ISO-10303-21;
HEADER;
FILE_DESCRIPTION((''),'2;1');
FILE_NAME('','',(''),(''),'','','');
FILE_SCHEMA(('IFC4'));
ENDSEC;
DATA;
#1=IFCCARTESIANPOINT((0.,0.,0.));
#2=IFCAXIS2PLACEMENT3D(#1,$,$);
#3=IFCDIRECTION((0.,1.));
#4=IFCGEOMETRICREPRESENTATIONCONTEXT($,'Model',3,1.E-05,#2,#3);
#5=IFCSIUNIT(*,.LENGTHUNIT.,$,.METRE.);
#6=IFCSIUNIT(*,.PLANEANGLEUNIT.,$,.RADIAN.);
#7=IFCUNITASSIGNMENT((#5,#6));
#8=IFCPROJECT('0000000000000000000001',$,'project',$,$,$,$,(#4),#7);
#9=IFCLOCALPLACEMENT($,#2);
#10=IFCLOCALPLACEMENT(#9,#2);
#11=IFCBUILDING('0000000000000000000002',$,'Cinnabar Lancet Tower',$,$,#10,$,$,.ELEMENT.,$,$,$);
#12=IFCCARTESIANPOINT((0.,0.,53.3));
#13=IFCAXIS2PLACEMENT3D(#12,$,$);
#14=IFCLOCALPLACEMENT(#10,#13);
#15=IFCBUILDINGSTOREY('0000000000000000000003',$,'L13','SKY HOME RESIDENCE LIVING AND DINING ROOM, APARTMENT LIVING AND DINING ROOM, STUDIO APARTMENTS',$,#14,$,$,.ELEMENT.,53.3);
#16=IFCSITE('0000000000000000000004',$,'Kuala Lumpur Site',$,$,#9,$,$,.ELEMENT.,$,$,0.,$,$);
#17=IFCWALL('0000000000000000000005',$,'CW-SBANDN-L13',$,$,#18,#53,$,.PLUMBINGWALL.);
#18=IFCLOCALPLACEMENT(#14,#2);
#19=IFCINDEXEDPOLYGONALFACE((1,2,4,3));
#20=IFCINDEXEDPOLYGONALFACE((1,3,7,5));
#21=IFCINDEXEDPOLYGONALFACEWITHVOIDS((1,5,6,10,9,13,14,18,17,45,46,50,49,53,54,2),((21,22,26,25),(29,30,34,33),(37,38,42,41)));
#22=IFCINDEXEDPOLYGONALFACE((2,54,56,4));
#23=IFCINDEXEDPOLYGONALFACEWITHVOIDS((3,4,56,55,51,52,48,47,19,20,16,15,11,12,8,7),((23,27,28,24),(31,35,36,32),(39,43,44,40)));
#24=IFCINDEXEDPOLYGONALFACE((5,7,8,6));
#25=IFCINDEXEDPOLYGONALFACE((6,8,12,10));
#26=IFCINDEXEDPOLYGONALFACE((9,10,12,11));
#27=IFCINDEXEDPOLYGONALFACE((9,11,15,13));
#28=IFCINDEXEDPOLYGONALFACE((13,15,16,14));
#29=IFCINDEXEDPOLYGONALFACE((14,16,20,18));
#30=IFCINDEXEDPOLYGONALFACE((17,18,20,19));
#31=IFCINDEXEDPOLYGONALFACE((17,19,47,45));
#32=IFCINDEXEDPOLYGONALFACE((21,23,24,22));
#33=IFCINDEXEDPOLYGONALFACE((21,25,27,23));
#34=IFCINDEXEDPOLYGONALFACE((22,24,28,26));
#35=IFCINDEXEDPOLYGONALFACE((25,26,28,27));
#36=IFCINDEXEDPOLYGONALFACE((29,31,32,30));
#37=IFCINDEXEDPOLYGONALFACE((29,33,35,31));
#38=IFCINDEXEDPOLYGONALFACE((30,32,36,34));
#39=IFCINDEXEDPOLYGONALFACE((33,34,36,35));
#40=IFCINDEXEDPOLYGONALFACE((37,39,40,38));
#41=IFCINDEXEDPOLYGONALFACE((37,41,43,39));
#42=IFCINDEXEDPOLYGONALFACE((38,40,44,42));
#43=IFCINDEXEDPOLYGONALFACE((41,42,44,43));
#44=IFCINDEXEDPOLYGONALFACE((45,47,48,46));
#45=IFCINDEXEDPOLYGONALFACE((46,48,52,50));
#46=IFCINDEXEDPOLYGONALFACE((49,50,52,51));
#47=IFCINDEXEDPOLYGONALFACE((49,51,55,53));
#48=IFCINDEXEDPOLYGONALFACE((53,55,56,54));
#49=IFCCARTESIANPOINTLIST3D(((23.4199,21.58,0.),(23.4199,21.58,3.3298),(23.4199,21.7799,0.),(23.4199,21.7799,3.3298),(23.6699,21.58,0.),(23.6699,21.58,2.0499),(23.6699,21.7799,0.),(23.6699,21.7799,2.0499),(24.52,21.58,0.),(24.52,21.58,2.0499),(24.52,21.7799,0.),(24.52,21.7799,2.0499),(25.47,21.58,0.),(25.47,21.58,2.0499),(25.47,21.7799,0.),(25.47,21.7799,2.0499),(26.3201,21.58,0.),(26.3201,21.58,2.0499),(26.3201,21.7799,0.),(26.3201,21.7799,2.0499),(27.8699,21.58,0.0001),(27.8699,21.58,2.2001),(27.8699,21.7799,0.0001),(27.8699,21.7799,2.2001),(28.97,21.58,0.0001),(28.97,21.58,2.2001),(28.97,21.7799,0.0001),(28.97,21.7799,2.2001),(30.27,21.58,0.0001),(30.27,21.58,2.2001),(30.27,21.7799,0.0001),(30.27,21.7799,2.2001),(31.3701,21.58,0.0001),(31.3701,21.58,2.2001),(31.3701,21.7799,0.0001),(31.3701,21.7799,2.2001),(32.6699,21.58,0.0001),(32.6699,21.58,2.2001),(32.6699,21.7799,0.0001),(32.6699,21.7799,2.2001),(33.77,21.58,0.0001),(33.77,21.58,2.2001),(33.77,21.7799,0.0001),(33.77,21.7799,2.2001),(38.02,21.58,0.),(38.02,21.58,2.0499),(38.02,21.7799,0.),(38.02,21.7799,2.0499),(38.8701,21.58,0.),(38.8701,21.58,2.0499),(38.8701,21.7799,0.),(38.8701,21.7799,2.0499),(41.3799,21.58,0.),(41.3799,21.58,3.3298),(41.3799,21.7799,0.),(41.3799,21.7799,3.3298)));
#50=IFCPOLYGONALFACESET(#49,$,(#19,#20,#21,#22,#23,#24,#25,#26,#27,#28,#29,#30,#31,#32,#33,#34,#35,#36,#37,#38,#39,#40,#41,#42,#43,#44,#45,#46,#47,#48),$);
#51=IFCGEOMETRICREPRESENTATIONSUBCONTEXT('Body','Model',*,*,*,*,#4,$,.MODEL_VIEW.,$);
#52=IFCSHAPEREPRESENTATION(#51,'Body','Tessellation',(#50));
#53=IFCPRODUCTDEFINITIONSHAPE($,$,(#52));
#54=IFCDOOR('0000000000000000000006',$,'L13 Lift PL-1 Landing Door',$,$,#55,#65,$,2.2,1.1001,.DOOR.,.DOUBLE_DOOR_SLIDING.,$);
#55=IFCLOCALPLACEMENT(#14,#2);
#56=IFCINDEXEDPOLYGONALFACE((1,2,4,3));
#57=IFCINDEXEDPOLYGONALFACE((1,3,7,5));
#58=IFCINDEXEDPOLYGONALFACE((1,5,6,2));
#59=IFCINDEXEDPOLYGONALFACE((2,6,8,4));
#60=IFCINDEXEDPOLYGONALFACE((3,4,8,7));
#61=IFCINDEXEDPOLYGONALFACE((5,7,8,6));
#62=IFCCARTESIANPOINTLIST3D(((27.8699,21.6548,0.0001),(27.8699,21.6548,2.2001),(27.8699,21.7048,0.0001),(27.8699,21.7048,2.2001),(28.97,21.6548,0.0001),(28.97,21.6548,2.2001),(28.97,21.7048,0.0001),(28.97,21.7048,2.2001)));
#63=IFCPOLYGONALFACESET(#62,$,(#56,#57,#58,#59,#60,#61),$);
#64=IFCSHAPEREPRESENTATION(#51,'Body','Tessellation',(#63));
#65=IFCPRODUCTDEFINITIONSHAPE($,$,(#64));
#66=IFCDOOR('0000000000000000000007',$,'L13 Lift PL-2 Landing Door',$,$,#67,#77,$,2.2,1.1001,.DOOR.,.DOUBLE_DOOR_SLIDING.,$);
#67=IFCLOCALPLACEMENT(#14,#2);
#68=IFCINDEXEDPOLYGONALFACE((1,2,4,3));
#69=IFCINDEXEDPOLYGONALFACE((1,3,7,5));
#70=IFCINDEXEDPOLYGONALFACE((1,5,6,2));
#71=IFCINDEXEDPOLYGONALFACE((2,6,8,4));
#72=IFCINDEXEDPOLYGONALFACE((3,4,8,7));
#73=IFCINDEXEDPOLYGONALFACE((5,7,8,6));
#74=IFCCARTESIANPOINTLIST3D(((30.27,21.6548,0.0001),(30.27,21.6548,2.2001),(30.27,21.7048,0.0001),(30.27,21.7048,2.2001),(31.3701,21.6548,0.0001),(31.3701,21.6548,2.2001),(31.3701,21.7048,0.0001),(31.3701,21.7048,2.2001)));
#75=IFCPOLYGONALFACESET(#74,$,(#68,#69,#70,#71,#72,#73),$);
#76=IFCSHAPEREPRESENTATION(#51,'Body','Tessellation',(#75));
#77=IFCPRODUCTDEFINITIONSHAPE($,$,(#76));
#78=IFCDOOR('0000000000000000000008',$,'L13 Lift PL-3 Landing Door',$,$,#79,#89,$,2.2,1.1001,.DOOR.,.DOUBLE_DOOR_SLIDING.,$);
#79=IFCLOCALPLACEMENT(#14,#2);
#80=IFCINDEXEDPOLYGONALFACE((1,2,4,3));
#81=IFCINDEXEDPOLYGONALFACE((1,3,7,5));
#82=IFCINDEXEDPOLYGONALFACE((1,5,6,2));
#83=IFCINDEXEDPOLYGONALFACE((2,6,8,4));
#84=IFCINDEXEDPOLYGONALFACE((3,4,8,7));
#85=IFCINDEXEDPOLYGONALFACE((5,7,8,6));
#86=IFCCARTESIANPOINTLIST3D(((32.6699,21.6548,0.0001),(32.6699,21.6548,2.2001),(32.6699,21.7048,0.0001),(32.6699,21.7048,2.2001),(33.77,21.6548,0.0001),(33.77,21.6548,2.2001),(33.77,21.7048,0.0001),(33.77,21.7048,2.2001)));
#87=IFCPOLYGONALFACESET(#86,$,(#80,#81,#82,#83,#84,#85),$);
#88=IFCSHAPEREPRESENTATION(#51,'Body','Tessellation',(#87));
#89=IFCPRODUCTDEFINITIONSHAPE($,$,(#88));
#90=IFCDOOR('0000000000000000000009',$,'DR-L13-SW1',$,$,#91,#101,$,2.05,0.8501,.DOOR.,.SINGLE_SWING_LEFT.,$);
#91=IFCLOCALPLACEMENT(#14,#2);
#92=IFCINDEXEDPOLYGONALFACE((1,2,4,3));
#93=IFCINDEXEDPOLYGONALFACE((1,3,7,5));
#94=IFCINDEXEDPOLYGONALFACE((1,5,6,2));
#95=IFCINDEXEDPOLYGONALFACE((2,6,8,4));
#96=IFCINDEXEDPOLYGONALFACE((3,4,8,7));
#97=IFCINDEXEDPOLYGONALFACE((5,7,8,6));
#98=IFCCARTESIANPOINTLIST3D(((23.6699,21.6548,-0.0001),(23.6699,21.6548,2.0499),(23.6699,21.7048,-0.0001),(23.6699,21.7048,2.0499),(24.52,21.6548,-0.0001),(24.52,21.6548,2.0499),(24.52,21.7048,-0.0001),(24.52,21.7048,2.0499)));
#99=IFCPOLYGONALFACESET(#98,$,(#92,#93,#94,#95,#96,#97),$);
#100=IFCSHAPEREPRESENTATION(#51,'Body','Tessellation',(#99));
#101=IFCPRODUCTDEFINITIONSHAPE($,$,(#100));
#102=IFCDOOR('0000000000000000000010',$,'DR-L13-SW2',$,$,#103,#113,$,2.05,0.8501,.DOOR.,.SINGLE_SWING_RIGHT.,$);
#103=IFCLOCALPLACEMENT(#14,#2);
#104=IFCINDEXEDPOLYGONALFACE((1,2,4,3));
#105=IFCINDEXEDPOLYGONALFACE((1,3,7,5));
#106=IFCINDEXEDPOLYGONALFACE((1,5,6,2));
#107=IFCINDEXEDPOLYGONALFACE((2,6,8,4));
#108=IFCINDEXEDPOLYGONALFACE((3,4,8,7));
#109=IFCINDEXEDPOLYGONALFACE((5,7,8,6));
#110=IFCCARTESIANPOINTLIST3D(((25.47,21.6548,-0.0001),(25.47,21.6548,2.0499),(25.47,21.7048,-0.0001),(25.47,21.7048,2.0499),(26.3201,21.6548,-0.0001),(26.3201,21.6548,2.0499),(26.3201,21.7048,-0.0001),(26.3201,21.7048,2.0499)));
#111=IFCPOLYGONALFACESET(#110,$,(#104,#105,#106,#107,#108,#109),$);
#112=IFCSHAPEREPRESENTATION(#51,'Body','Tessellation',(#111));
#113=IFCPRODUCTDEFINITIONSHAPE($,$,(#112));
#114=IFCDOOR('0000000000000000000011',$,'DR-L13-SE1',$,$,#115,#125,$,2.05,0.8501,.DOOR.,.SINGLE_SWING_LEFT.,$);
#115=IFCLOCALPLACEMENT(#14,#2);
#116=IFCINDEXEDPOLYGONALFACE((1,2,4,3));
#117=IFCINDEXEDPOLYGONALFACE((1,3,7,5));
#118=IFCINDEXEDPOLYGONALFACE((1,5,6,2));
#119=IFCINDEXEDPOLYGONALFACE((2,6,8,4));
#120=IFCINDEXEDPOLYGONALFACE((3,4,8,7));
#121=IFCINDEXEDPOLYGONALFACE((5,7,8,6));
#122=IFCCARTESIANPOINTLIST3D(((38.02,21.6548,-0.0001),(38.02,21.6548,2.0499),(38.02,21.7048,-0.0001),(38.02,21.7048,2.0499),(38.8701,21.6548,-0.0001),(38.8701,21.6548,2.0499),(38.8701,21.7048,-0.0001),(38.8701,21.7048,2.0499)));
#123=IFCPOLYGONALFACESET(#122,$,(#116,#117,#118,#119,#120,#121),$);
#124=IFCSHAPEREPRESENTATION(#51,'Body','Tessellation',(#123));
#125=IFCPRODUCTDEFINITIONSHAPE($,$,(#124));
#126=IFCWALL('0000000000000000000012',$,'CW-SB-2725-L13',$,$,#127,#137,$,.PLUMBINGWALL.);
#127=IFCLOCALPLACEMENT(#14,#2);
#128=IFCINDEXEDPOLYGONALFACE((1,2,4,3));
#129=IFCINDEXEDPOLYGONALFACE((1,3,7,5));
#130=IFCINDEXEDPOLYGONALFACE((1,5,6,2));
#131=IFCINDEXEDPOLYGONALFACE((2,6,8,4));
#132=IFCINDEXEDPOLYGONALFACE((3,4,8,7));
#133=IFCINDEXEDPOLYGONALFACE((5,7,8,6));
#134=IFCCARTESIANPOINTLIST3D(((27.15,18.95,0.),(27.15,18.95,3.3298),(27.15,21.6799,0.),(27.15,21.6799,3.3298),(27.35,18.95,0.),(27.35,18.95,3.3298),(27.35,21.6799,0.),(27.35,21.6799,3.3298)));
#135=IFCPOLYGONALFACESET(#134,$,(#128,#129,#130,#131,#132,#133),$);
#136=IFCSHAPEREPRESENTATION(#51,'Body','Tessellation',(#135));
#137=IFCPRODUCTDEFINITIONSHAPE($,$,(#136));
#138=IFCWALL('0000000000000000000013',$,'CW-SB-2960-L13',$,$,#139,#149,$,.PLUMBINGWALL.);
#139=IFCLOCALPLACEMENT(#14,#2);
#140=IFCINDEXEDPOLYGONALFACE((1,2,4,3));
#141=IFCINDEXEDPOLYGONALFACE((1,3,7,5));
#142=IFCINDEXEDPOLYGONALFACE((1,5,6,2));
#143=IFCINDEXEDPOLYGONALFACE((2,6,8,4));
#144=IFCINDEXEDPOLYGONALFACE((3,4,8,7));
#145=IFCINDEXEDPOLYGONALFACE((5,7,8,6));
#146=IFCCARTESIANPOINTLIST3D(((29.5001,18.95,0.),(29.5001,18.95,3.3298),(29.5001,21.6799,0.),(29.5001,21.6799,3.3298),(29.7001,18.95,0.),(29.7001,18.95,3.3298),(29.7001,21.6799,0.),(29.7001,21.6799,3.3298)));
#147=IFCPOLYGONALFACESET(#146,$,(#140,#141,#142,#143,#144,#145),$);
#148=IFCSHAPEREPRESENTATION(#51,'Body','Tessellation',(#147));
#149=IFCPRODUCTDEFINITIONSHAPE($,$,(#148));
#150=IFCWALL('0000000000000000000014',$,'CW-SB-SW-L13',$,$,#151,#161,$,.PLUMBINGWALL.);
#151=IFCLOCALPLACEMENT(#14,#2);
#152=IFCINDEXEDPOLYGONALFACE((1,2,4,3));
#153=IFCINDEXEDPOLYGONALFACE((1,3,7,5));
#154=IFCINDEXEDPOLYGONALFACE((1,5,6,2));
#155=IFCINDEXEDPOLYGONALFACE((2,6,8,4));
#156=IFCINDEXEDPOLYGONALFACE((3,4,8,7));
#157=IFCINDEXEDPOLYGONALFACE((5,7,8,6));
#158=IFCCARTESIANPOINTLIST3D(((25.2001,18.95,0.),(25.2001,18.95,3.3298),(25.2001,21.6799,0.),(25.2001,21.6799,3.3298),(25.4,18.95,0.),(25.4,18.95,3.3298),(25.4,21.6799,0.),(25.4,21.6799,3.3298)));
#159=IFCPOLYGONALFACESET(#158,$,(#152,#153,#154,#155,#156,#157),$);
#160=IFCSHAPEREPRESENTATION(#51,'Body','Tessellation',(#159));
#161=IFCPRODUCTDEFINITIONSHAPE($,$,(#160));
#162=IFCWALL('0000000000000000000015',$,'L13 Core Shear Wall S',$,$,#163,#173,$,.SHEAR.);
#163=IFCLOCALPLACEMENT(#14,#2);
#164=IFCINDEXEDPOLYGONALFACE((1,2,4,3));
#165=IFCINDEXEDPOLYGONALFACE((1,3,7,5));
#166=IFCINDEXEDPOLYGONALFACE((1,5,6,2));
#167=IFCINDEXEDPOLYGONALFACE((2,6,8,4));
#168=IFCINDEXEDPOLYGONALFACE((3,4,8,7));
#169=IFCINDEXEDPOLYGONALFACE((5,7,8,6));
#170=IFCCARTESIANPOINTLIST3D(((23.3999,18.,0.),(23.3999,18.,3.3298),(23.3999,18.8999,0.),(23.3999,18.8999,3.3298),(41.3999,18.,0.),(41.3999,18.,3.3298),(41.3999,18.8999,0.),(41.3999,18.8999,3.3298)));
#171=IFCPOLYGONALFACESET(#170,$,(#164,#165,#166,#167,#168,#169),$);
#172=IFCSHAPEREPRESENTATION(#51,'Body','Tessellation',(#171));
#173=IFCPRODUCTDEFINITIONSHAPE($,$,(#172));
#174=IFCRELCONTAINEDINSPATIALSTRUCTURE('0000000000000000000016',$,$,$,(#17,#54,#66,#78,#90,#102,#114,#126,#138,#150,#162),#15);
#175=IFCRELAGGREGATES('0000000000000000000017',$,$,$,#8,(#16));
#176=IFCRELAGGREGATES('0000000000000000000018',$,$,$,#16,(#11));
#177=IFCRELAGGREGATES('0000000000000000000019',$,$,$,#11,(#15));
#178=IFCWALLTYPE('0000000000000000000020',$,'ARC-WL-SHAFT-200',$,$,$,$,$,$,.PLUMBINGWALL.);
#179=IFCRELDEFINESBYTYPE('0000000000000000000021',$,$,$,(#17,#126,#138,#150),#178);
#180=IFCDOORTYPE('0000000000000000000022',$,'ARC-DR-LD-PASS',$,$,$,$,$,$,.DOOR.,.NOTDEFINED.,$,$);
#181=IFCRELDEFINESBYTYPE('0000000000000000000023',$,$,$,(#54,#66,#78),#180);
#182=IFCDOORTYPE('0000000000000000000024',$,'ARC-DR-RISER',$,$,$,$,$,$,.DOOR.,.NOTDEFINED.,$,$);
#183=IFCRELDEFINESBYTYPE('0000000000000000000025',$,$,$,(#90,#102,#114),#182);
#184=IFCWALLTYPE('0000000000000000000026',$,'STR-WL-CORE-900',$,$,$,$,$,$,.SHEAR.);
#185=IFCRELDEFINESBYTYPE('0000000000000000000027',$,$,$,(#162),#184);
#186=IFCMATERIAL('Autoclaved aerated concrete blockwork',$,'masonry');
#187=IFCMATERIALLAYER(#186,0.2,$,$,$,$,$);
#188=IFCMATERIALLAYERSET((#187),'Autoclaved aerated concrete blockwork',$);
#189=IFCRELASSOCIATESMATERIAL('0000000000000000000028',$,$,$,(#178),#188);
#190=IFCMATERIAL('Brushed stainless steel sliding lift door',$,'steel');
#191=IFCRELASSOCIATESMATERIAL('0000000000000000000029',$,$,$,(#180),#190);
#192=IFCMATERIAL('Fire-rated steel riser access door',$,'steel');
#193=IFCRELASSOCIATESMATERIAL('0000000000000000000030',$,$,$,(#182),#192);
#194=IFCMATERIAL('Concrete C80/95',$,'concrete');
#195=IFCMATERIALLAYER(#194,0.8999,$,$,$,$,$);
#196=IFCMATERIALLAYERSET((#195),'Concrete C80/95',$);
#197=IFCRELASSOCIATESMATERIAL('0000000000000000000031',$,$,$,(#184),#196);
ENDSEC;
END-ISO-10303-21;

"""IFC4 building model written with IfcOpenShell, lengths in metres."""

from ifc_helpers import new_model, si_unit, direction, frame, frame_2d, origin, place, context, subcontext, project, spatial, rectangle, extrude, material, layer, layer_set, type_object, element, fill, save


model = new_model("IFC4")

# Units and contexts
model_context = context("Model", 3, precision=1e-05, world=origin(), true_north=direction((0.0, 1.0)))
body_context = subcontext(model_context, "Body", "Model", "MODEL_VIEW")
ifc_project = project(units=[si_unit("LENGTHUNIT", "METRE"), si_unit("PLANEANGLEUNIT", "RADIAN")], contexts=[model_context])

# Site, building, storey
site_placement = place(None, origin())
site = spatial("IfcSite", under=ifc_project, at=site_placement, Name="Kuala Lumpur Site", CompositionType="ELEMENT", RefElevation=0.0)
building_placement = place(site_placement, origin())
building = spatial("IfcBuilding", under=site, at=building_placement, Name="Cinnabar Lancet Tower", CompositionType="ELEMENT")
storey_placement = place(building_placement, frame((0.0, 0.0, 53.3)))
storey = spatial("IfcBuildingStorey", under=building, at=storey_placement, Name="L13", Description="SKY HOME RESIDENCE LIVING AND DINING ROOM, APARTMENT LIVING AND DINING ROOM, STUDIO APARTMENTS", CompositionType="ELEMENT", Elevation=53.3)

# Shared definitions
ifc_material_1 = material(Name="Autoclaved aerated concrete blockwork", Category="masonry")
ifc_layer_1 = layer(ifc_material_1, 0.2)
ifc_layer_set_1 = layer_set([ifc_layer_1], Name="Autoclaved aerated concrete blockwork")
wall_type_1 = type_object("IfcWallType", Name="ARC-WL-SHAFT-200", PredefinedType="PLUMBINGWALL", material=ifc_layer_set_1)

# Wall, openings, doors
wall_1_placement = place(storey_placement, frame((23.4199, 21.6799, 0.0), z_axis=(0.0, 0.0, 1.0), x_axis=(1.0, 0.0, 0.0)))
wall_1 = element("IfcWall", 1, at=wall_1_placement, inside=storey, type_object=wall_type_1, Name="CW-SBANDN-L13", PredefinedType="PLUMBINGWALL", context=body_context, shape_type="SweptSolid", body=[
    extrude(rectangle(XDim=17.96, YDim=0.2, at=frame_2d((8.98, 0.0))), origin(), (0.0, 0.0, 1.0), 3.3298),
])
opening_1_placement = place(wall_1_placement, frame((4.45, 0.0, 0.0)))
opening_1 = element("IfcOpeningElement", 2, at=opening_1_placement, cuts=wall_1, PredefinedType="OPENING", context=body_context, shape_type="SweptSolid", body=[
    extrude(rectangle(XDim=1.1001, YDim=2.2, at=frame_2d((0.55, 1.1001))), frame((0.0, 0.1099, 0.0), z_axis=(0.0, -1.0, 0.0), x_axis=(1.0, 0.0, 0.0)), (0.0, 0.0, 1.0), 0.22),
])
opening_2_placement = place(wall_1_placement, frame((6.8501, 0.0, 0.0)))
opening_2 = element("IfcOpeningElement", 3, at=opening_2_placement, cuts=wall_1, PredefinedType="OPENING", context=body_context, shape_type="SweptSolid", body=[
    extrude(rectangle(XDim=1.1001, YDim=2.2, at=frame_2d((0.55, 1.1001))), frame((0.0, 0.1099, 0.0), z_axis=(0.0, -1.0, 0.0), x_axis=(1.0, 0.0, 0.0)), (0.0, 0.0, 1.0), 0.22),
])
opening_3_placement = place(wall_1_placement, frame((9.25, 0.0, 0.0)))
opening_3 = element("IfcOpeningElement", 4, at=opening_3_placement, cuts=wall_1, PredefinedType="OPENING", context=body_context, shape_type="SweptSolid", body=[
    extrude(rectangle(XDim=1.1001, YDim=2.2, at=frame_2d((0.55, 1.1001))), frame((0.0, 0.1099, 0.0), z_axis=(0.0, -1.0, 0.0), x_axis=(1.0, 0.0, 0.0)), (0.0, 0.0, 1.0), 0.22),
])
opening_4_placement = place(wall_1_placement, frame((0.25, 0.0, 0.0)))
opening_4 = element("IfcOpeningElement", 5, at=opening_4_placement, cuts=wall_1, PredefinedType="OPENING", context=body_context, shape_type="SweptSolid", body=[
    extrude(rectangle(XDim=0.8501, YDim=2.05, at=frame_2d((0.425, 1.0249))), frame((0.0, 0.1099, 0.0), z_axis=(0.0, -1.0, 0.0), x_axis=(1.0, 0.0, 0.0)), (0.0, 0.0, 1.0), 0.22),
])
opening_5_placement = place(wall_1_placement, frame((2.05, 0.0, 0.0)))
opening_5 = element("IfcOpeningElement", 6, at=opening_5_placement, cuts=wall_1, PredefinedType="OPENING", context=body_context, shape_type="SweptSolid", body=[
    extrude(rectangle(XDim=0.8501, YDim=2.05, at=frame_2d((0.425, 1.0249))), frame((0.0, 0.1099, 0.0), z_axis=(0.0, -1.0, 0.0), x_axis=(1.0, 0.0, 0.0)), (0.0, 0.0, 1.0), 0.22),
])
opening_6_placement = place(wall_1_placement, frame((14.6001, 0.0, 0.0)))
opening_6 = element("IfcOpeningElement", 7, at=opening_6_placement, cuts=wall_1, PredefinedType="OPENING", context=body_context, shape_type="SweptSolid", body=[
    extrude(rectangle(XDim=0.8501, YDim=2.05, at=frame_2d((0.425, 1.0249))), frame((0.0, 0.1099, 0.0), z_axis=(0.0, -1.0, 0.0), x_axis=(1.0, 0.0, 0.0)), (0.0, 0.0, 1.0), 0.22),
])
ifc_material_2 = material(Name="Brushed stainless steel sliding lift door", Category="steel")
door_type_1 = type_object("IfcDoorType", Name="ARC-DR-LD-PASS", OperationType="NOTDEFINED", PredefinedType="DOOR", material=ifc_material_2)
door_1_placement = place(opening_1_placement, origin())
door_1 = element("IfcDoor", 8, at=door_1_placement, inside=storey, type_object=door_type_1, Name="L13 Lift PL-1 Landing Door", OperationType="DOUBLE_DOOR_SLIDING", OverallHeight=2.2, OverallWidth=1.1001, PredefinedType="DOOR", context=body_context, shape_type="SweptSolid", body=[
    extrude(rectangle(XDim=1.1001, YDim=2.2, at=frame_2d((0.55, 1.1001))), frame((0.0, 0.0249, 0.0), z_axis=(0.0, -1.0, 0.0), x_axis=(1.0, 0.0, 0.0)), (0.0, 0.0, 1.0), 0.05),
])
fill(opening_1, door_1)
door_2_placement = place(opening_2_placement, origin())
door_2 = element("IfcDoor", 9, at=door_2_placement, inside=storey, type_object=door_type_1, Name="L13 Lift PL-2 Landing Door", OperationType="DOUBLE_DOOR_SLIDING", OverallHeight=2.2, OverallWidth=1.1001, PredefinedType="DOOR", context=body_context, shape_type="SweptSolid", body=[
    extrude(rectangle(XDim=1.1001, YDim=2.2, at=frame_2d((0.55, 1.1001))), frame((0.0, 0.0249, 0.0), z_axis=(0.0, -1.0, 0.0), x_axis=(1.0, 0.0, 0.0)), (0.0, 0.0, 1.0), 0.05),
])
fill(opening_2, door_2)
door_3_placement = place(opening_3_placement, origin())
door_3 = element("IfcDoor", 10, at=door_3_placement, inside=storey, type_object=door_type_1, Name="L13 Lift PL-3 Landing Door", OperationType="DOUBLE_DOOR_SLIDING", OverallHeight=2.2, OverallWidth=1.1001, PredefinedType="DOOR", context=body_context, shape_type="SweptSolid", body=[
    extrude(rectangle(XDim=1.1001, YDim=2.2, at=frame_2d((0.55, 1.1001))), frame((0.0, 0.0249, 0.0), z_axis=(0.0, -1.0, 0.0), x_axis=(1.0, 0.0, 0.0)), (0.0, 0.0, 1.0), 0.05),
])
fill(opening_3, door_3)
ifc_material_3 = material(Name="Fire-rated steel riser access door", Category="steel")
door_type_2 = type_object("IfcDoorType", Name="ARC-DR-RISER", OperationType="NOTDEFINED", PredefinedType="DOOR", material=ifc_material_3)
door_4_placement = place(opening_4_placement, origin())
door_4 = element("IfcDoor", 11, at=door_4_placement, inside=storey, type_object=door_type_2, Name="DR-L13-SW1", OperationType="SINGLE_SWING_LEFT", OverallHeight=2.05, OverallWidth=0.8501, PredefinedType="DOOR", context=body_context, shape_type="SweptSolid", body=[
    extrude(rectangle(XDim=0.8501, YDim=2.05, at=frame_2d((0.425, 1.0249))), frame((0.0, 0.0249, 0.0), z_axis=(0.0, -1.0, 0.0), x_axis=(1.0, 0.0, 0.0)), (0.0, 0.0, 1.0), 0.05),
])
fill(opening_4, door_4)
door_5_placement = place(opening_5_placement, origin())
door_5 = element("IfcDoor", 12, at=door_5_placement, inside=storey, type_object=door_type_2, Name="DR-L13-SW2", OperationType="SINGLE_SWING_RIGHT", OverallHeight=2.05, OverallWidth=0.8501, PredefinedType="DOOR", context=body_context, shape_type="SweptSolid", body=[
    extrude(rectangle(XDim=0.8501, YDim=2.05, at=frame_2d((0.425, 1.0249))), frame((0.0, 0.0249, 0.0), z_axis=(0.0, -1.0, 0.0), x_axis=(1.0, 0.0, 0.0)), (0.0, 0.0, 1.0), 0.05),
])
fill(opening_5, door_5)
door_6_placement = place(opening_6_placement, origin())
door_6 = element("IfcDoor", 13, at=door_6_placement, inside=storey, type_object=door_type_2, Name="DR-L13-SE1", OperationType="SINGLE_SWING_LEFT", OverallHeight=2.05, OverallWidth=0.8501, PredefinedType="DOOR", context=body_context, shape_type="SweptSolid", body=[
    extrude(rectangle(XDim=0.8501, YDim=2.05, at=frame_2d((0.425, 1.0249))), frame((0.0, 0.0249, 0.0), z_axis=(0.0, -1.0, 0.0), x_axis=(1.0, 0.0, 0.0)), (0.0, 0.0, 1.0), 0.05),
])
fill(opening_6, door_6)

# Walls
for number, where, z_axis, x_axis, name in (
    (14, (27.25, 18.95, 0.0), (0.0, 0.0, 1.0), (0.0, 1.0, 0.0), "CW-SB-2725-L13"),
    (15, (29.6001, 18.95, 0.0), (0.0, 0.0, 1.0), (0.0, 1.0, 0.0), "CW-SB-2960-L13"),
    (16, (25.3, 18.95, 0.0), (0.0, 0.0, 1.0), (0.0, 1.0, 0.0), "CW-SB-SW-L13"),
):
    element("IfcWall", number, at=place(storey_placement, frame(where, z_axis=z_axis, x_axis=x_axis)), inside=storey, type_object=wall_type_1, Name=name, PredefinedType="PLUMBINGWALL", context=body_context, shape_type="SweptSolid", body=[
        extrude(rectangle(XDim=2.73, YDim=0.2, at=frame_2d((1.365, 0.0))), origin(), (0.0, 0.0, 1.0), 3.3298),
    ])
ifc_material_4 = material(Name="Concrete C80/95", Category="concrete")
ifc_layer_2 = layer(ifc_material_4, 0.8999)
ifc_layer_set_2 = layer_set([ifc_layer_2], Name="Concrete C80/95")
wall_type_2 = type_object("IfcWallType", Name="STR-WL-CORE-900", PredefinedType="SHEAR", material=ifc_layer_set_2)
wall_2_placement = place(storey_placement, frame((23.3999, 18.45, 0.0), z_axis=(0.0, 0.0, 1.0), x_axis=(1.0, 0.0, 0.0)))
element("IfcWall", 17, at=wall_2_placement, inside=storey, type_object=wall_type_2, Name="L13 Core Shear Wall S", PredefinedType="SHEAR", context=body_context, shape_type="SweptSolid", body=[
    extrude(rectangle(XDim=18.0, YDim=0.8999, at=frame_2d((9.0, 0.0))), origin(), (0.0, 0.0, 1.0), 3.3298),
])

save(model, "model.ifc")
